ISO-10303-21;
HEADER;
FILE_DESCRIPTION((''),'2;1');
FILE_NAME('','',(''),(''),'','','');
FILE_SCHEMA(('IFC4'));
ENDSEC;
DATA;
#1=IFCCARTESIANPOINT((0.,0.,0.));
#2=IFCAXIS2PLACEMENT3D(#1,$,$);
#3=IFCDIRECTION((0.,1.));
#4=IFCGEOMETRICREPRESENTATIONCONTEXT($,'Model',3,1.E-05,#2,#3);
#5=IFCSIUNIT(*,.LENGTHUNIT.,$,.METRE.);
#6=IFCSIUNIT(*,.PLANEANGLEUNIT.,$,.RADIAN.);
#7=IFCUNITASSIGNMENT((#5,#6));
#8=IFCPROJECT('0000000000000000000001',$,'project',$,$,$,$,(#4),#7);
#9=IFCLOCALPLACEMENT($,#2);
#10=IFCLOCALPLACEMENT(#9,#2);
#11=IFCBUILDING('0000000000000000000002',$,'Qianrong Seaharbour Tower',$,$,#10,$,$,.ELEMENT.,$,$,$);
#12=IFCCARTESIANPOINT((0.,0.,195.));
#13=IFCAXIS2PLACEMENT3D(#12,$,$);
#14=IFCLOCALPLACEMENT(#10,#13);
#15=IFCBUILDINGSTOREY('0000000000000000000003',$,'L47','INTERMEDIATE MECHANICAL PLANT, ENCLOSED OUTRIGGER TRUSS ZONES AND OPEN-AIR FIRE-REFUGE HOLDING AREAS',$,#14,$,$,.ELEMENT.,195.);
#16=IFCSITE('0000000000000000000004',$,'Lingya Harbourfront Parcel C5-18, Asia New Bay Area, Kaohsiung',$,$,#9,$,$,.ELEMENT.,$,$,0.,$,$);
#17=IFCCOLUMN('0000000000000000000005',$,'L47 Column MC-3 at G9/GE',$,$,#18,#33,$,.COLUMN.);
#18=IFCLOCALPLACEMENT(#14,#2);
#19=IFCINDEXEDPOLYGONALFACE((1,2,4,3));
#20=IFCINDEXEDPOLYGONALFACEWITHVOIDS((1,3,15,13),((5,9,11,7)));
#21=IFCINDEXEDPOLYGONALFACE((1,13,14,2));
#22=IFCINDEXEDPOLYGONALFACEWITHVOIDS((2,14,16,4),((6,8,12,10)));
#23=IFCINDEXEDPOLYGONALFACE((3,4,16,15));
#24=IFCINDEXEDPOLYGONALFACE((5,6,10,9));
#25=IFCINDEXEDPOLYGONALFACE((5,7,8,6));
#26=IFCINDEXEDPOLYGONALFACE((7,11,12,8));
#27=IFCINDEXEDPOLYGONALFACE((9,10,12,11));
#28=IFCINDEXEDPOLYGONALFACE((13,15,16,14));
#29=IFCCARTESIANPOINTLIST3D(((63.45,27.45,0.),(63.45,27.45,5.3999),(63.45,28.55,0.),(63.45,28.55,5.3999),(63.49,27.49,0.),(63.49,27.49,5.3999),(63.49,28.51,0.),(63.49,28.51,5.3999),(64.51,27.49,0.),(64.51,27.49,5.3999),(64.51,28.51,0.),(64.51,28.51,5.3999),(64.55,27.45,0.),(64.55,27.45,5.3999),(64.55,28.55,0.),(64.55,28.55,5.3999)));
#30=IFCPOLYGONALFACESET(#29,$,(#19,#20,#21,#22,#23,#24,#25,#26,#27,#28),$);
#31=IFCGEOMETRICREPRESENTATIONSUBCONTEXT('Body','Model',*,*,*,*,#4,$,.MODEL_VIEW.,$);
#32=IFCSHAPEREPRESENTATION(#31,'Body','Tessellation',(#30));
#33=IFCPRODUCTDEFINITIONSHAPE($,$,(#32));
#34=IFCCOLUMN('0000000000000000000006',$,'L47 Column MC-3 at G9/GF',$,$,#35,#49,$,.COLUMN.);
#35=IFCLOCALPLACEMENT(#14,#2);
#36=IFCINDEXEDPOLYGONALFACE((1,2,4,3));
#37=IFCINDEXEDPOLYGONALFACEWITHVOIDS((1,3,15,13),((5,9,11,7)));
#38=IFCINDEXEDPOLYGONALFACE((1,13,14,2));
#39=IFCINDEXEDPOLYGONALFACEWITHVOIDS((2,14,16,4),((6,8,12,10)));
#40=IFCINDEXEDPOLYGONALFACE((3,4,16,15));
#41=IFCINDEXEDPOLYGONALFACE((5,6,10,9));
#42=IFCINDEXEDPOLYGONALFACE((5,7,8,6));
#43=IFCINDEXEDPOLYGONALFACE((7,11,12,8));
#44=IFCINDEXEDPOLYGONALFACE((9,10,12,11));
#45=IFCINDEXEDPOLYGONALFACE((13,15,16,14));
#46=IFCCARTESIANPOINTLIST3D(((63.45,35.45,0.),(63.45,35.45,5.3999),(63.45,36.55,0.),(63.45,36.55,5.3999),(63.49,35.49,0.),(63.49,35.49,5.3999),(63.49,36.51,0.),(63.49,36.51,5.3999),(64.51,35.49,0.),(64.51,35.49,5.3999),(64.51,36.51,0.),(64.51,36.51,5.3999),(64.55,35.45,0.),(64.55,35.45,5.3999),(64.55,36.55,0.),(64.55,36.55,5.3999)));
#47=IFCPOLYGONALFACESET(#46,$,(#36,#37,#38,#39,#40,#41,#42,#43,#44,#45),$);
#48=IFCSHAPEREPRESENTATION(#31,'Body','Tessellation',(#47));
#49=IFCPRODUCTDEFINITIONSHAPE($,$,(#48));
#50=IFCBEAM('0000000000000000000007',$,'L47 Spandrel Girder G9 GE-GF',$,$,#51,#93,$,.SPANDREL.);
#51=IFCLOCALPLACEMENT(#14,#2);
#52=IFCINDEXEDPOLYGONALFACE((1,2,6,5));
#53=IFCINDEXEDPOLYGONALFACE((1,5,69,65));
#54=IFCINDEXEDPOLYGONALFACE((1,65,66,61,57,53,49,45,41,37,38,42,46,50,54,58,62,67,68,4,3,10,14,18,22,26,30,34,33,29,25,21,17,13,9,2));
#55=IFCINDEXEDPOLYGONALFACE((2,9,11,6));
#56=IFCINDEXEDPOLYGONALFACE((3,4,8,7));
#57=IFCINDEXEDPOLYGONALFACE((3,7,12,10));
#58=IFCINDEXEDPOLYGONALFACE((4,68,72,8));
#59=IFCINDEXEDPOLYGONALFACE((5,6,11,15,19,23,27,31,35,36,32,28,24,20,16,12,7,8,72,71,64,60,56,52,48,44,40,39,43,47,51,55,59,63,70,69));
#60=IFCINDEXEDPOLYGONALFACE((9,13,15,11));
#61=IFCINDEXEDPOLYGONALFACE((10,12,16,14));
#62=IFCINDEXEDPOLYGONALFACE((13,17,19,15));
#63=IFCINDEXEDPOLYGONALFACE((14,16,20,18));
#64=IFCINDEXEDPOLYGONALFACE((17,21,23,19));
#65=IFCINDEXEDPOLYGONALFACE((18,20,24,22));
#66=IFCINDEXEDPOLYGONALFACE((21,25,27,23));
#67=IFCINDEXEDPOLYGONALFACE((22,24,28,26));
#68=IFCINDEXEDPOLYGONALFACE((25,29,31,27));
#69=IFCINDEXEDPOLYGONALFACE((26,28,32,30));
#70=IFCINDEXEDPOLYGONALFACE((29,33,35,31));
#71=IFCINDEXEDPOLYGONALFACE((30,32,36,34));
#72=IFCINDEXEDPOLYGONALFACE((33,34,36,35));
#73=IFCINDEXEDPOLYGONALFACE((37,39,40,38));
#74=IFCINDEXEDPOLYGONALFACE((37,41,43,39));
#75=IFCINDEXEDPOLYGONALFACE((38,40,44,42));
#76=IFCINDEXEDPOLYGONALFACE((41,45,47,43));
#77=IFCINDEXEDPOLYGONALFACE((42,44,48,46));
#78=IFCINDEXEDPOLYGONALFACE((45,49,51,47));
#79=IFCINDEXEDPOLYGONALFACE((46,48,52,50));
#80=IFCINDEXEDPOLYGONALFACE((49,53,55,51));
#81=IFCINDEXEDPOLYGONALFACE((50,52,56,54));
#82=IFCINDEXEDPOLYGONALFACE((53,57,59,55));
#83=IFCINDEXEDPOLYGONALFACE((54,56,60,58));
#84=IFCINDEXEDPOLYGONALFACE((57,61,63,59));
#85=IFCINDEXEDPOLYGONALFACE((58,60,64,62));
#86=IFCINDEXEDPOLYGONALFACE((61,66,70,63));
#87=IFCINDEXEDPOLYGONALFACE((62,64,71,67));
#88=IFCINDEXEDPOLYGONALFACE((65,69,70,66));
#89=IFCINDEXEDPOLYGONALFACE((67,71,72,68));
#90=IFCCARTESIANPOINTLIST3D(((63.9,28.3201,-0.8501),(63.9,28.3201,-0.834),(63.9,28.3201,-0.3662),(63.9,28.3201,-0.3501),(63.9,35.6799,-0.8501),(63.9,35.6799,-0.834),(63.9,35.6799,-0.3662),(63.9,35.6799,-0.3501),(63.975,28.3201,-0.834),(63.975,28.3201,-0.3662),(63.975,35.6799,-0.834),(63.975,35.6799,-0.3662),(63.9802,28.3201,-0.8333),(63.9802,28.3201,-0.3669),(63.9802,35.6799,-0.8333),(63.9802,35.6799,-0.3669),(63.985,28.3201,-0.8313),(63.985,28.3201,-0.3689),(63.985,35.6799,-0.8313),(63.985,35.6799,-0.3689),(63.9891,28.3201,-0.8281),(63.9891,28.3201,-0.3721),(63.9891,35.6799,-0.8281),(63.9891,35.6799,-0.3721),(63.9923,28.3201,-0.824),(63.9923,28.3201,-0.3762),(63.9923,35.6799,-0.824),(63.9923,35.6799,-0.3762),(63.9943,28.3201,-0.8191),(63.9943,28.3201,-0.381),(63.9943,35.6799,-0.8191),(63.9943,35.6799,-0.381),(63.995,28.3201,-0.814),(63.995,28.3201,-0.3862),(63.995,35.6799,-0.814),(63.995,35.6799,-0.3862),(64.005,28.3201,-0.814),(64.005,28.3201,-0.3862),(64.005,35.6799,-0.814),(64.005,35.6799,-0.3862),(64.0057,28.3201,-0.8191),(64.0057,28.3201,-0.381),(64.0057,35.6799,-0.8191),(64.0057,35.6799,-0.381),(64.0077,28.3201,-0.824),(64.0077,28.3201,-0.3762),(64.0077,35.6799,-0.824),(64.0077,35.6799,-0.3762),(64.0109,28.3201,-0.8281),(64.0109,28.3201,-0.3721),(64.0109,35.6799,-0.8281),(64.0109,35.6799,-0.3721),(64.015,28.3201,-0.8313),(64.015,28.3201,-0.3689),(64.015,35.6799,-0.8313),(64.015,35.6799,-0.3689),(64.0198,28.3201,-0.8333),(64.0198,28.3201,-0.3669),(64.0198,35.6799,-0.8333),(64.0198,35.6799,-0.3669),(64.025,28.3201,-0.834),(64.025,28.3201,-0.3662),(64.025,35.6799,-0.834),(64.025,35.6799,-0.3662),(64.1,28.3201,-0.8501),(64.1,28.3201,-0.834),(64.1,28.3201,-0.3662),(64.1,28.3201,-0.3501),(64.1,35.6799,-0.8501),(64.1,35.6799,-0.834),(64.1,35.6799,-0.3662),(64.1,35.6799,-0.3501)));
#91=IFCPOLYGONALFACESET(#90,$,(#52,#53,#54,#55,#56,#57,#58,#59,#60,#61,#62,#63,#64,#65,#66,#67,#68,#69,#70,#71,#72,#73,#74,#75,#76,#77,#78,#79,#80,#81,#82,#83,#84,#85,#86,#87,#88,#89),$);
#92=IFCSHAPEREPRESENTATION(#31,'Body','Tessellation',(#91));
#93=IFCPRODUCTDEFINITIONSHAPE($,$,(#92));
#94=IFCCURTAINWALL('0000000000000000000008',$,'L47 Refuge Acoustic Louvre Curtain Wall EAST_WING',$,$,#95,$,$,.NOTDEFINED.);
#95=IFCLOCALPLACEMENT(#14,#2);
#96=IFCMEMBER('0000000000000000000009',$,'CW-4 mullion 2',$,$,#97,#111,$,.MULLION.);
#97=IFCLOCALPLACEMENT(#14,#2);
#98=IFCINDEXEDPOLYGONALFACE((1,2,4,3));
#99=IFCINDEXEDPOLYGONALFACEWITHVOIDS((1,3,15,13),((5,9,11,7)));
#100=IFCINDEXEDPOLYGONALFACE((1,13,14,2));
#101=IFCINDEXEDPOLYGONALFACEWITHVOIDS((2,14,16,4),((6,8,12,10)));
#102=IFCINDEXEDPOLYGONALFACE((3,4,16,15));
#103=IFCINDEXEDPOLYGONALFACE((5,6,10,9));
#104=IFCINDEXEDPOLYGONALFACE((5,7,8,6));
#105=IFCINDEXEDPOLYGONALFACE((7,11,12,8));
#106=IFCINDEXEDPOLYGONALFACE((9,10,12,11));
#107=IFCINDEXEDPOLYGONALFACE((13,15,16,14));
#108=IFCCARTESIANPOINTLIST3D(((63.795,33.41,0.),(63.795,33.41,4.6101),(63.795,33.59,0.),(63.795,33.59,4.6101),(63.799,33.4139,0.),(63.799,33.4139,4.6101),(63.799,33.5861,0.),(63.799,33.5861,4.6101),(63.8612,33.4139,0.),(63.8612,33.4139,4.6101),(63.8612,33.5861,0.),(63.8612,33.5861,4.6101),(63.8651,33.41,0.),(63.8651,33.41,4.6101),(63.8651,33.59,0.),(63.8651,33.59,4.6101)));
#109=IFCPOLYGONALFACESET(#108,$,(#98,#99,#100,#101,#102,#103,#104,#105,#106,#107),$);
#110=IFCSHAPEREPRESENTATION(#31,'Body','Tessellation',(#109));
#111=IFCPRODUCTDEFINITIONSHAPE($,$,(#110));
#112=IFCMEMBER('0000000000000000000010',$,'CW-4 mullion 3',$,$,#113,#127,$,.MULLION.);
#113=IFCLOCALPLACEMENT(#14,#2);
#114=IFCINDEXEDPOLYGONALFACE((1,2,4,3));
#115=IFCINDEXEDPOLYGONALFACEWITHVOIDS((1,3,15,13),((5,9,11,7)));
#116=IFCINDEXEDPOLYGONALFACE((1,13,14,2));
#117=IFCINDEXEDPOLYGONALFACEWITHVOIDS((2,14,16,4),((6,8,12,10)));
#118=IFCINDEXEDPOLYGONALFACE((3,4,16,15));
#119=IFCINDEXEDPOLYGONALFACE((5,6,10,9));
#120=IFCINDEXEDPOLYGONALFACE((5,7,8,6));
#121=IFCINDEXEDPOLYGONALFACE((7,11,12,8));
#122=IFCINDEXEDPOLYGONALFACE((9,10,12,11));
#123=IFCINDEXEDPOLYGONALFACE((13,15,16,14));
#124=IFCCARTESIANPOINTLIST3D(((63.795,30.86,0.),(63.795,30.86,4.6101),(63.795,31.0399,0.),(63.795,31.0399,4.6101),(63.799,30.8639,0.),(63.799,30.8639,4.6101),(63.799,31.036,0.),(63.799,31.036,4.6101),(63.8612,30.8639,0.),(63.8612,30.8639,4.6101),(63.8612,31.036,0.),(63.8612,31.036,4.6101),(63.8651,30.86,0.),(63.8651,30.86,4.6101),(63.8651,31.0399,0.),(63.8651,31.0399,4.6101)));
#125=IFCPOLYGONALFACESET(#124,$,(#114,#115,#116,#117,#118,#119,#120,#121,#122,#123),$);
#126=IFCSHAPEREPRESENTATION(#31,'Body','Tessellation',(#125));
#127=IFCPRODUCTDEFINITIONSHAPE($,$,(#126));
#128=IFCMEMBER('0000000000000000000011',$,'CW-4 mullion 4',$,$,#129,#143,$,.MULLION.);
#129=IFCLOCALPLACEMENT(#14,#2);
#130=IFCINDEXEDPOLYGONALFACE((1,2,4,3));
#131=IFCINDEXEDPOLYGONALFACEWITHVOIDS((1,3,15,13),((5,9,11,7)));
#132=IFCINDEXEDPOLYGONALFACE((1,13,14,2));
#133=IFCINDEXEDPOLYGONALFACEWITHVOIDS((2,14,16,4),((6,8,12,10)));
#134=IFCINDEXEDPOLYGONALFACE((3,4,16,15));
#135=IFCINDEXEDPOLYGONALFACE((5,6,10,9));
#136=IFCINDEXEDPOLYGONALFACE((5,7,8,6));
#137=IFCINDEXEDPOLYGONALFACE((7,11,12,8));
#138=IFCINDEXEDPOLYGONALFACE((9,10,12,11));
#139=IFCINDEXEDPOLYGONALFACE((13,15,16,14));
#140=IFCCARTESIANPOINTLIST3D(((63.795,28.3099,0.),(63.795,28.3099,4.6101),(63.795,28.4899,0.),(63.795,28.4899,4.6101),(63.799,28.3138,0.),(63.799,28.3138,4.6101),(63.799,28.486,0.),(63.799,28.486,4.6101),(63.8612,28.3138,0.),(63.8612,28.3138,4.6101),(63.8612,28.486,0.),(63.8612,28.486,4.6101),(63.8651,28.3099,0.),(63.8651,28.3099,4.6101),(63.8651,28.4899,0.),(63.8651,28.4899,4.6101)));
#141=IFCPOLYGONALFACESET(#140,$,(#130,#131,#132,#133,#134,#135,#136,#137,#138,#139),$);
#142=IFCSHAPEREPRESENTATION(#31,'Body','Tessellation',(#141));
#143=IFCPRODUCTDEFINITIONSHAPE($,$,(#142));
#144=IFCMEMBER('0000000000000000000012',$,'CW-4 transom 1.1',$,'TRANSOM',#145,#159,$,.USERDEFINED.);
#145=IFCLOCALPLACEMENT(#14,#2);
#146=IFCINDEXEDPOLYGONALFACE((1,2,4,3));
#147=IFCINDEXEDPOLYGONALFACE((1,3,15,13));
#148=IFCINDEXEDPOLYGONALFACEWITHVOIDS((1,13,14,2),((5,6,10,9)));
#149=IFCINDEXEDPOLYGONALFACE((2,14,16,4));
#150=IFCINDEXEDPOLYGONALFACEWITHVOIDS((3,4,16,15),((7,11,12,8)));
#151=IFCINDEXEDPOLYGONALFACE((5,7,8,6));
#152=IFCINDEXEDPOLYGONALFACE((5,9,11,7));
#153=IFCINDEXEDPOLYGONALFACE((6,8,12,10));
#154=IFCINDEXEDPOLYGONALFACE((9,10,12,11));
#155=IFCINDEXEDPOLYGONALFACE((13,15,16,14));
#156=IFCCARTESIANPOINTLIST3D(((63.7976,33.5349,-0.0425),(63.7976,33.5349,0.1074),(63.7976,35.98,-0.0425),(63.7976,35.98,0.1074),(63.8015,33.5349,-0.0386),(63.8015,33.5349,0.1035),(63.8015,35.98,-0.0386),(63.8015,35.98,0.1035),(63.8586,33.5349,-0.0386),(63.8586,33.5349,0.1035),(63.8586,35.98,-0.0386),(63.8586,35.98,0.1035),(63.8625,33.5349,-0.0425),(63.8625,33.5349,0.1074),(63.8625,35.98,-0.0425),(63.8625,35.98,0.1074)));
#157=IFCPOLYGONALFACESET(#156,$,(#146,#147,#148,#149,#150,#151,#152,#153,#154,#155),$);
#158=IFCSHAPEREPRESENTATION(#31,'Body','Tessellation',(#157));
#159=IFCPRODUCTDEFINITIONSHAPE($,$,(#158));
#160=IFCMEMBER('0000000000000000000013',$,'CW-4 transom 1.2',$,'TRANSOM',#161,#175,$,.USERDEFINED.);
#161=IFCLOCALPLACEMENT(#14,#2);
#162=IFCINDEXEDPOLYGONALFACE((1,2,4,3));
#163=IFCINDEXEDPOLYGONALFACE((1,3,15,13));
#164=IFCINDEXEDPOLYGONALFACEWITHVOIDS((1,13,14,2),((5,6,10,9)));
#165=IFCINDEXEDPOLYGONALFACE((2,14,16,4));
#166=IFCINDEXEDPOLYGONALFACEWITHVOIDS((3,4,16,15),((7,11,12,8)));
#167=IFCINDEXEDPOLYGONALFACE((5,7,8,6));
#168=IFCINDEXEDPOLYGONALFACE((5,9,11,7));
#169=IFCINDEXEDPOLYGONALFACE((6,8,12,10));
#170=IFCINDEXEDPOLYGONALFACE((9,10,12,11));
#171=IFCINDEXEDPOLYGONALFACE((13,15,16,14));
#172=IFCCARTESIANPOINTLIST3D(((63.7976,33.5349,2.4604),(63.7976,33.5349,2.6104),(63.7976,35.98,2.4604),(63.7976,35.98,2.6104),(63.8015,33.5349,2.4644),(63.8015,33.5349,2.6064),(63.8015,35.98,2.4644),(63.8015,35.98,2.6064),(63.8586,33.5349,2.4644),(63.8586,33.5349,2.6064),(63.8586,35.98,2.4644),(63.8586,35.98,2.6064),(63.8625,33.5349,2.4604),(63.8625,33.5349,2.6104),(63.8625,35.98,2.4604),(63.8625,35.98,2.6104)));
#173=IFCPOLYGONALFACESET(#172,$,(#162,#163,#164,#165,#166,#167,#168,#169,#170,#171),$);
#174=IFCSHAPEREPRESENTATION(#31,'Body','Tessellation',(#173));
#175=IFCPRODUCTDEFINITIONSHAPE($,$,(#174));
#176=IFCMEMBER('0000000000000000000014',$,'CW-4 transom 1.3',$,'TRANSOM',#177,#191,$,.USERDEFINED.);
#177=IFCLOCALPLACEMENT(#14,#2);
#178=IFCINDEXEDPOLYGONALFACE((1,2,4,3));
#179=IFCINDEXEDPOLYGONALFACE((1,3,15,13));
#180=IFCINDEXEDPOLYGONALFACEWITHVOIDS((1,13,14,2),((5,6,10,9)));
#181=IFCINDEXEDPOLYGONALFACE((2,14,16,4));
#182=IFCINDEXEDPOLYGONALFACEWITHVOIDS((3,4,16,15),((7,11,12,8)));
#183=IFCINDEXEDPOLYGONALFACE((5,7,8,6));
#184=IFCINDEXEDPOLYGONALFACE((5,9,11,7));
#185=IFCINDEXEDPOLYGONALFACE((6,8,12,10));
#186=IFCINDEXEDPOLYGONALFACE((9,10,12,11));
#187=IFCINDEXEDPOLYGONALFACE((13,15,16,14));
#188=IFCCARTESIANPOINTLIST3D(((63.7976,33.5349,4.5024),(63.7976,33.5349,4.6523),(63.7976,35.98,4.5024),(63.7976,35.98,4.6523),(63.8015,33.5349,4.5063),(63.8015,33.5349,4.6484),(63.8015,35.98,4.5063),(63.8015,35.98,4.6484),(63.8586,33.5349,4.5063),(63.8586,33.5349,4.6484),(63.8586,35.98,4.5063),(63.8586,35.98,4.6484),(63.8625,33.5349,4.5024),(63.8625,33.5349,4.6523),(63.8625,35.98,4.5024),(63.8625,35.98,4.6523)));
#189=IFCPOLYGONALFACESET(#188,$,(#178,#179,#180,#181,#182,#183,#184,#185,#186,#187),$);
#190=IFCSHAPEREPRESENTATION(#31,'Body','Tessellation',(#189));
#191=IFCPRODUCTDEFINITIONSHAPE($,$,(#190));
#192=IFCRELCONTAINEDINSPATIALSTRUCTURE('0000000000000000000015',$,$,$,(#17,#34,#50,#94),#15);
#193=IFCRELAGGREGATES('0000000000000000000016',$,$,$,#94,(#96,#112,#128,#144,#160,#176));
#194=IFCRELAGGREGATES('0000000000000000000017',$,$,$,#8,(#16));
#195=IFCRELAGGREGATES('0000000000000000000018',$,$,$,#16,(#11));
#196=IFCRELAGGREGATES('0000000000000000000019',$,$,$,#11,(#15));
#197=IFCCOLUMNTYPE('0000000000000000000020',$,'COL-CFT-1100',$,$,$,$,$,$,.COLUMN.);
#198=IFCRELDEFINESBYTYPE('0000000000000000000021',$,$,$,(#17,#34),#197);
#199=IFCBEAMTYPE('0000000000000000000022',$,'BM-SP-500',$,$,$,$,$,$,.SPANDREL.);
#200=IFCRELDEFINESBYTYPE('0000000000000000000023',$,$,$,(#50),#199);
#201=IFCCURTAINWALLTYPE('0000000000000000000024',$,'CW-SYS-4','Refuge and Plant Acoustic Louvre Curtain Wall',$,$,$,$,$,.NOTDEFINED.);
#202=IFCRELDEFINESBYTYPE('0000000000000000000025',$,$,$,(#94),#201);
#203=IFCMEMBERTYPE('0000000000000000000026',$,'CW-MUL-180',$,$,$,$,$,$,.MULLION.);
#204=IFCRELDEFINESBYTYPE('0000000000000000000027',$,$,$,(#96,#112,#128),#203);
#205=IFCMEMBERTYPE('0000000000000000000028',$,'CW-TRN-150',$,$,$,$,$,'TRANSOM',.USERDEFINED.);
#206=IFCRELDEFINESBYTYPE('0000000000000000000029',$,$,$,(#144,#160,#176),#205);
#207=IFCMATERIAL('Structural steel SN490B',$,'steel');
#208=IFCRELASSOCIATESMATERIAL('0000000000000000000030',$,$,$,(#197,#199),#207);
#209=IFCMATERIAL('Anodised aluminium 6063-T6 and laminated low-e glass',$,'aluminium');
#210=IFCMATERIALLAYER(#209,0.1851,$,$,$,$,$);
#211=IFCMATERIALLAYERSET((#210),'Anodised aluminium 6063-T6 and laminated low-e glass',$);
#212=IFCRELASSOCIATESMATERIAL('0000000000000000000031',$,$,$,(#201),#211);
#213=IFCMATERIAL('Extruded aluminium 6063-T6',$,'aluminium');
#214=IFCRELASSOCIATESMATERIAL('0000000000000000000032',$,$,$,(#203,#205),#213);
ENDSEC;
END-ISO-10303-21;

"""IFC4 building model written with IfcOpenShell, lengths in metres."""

from ifc_helpers import new_model, si_unit, direction, frame, origin, origin_2d, place, context, subcontext, project, spatial, hollow_rectangle, i_section, extrude, material, layer, layer_set, material_profile, profile_set, type_object, element, aggregate, save


model = new_model("IFC4")

# Units and contexts
model_context = context("Model", 3, precision=1e-05, world=origin(), true_north=direction((0.0, 1.0)))
body_context = subcontext(model_context, "Body", "Model", "MODEL_VIEW")
ifc_project = project(units=[si_unit("LENGTHUNIT", "METRE"), si_unit("PLANEANGLEUNIT", "RADIAN")], contexts=[model_context])

# Site, building, storey
site_placement = place(None, origin())
site = spatial("IfcSite", under=ifc_project, at=site_placement, Name="Lingya Harbourfront Parcel C5-18, Asia New Bay Area, Kaohsiung", CompositionType="ELEMENT", RefElevation=0.0)
building_placement = place(site_placement, origin())
building = spatial("IfcBuilding", under=site, at=building_placement, Name="Qianrong Seaharbour Tower", CompositionType="ELEMENT")
storey_placement = place(building_placement, frame((0.0, 0.0, 195.0)))
storey = spatial("IfcBuildingStorey", under=building, at=storey_placement, Name="L47", Description="INTERMEDIATE MECHANICAL PLANT, ENCLOSED OUTRIGGER TRUSS ZONES AND OPEN-AIR FIRE-REFUGE HOLDING AREAS", CompositionType="ELEMENT", Elevation=195.0)

# Columns
ifc_material_1 = material(Name="Structural steel SN490B", Category="steel")
ifc_material_profile_1 = material_profile(ifc_material_1, hollow_rectangle(XDim=1.1001, YDim=1.1001, WallThickness=0.04, at=origin_2d()), Name="BOX1100x1100x40")
ifc_profile_set_1 = profile_set([ifc_material_profile_1], Name="Structural steel SN490B")
column_type = type_object("IfcColumnType", Name="COL-CFT-1100", PredefinedType="COLUMN", material=ifc_profile_set_1)
for number, where, z_axis, x_axis, name in (
    (1, (64.0, 28.0, 0.0), (0.0, 0.0, 1.0), (1.0, 0.0, 0.0), "L47 Column MC-3 at G9/GE"),
    (2, (64.0, 36.0, 0.0), (0.0, 0.0, 1.0), (1.0, 0.0, 0.0), "L47 Column MC-3 at G9/GF"),
):
    element("IfcColumn", number, at=place(storey_placement, frame(where, z_axis=z_axis, x_axis=x_axis)), inside=storey, type_object=column_type, Name=name, PredefinedType="COLUMN", context=body_context, shape_type="SweptSolid", body=[
        extrude(hollow_rectangle(XDim=1.1001, YDim=1.1001, WallThickness=0.04, at=origin_2d()), origin(), (0.0, 0.0, 1.0), 5.3999),
    ])

# Beam
ifc_material_profile_2 = material_profile(ifc_material_1, i_section(OverallWidth=0.2, OverallDepth=0.5, WebThickness=0.01, FlangeThickness=0.0161, FilletRadius=0.02, at=origin_2d()), Name="H500x200x10x16")
ifc_profile_set_2 = profile_set([ifc_material_profile_2], Name="Structural steel SN490B")
beam_type = type_object("IfcBeamType", Name="BM-SP-500", PredefinedType="SPANDREL", material=ifc_profile_set_2)
beam_placement = place(storey_placement, frame((64.0, 28.3201, -0.6001), z_axis=(0.0, 1.0, 0.0), x_axis=(-1.0, 0.0, 0.0)))
element("IfcBeam", 3, at=beam_placement, inside=storey, type_object=beam_type, Name="L47 Spandrel Girder G9 GE-GF", PredefinedType="SPANDREL", context=body_context, shape_type="SweptSolid", body=[
    extrude(i_section(OverallWidth=0.2, OverallDepth=0.5, WebThickness=0.01, FlangeThickness=0.0161, FilletRadius=0.02, at=origin_2d()), origin(), (0.0, 0.0, 1.0), 7.3599),
])

# Curtain wall, members
ifc_material_2 = material(Name="Anodised aluminium 6063-T6 and laminated low-e glass", Category="aluminium")
ifc_layer_1 = layer(ifc_material_2, 0.1851)
ifc_layer_set_1 = layer_set([ifc_layer_1], Name="Anodised aluminium 6063-T6 and laminated low-e glass")
curtain_wall_type = type_object("IfcCurtainWallType", Name="CW-SYS-4", Description="Refuge and Plant Acoustic Louvre Curtain Wall", PredefinedType="NOTDEFINED", material=ifc_layer_set_1)
curtain_wall_placement = place(storey_placement, origin())
curtain_wall = element("IfcCurtainWall", 4, at=curtain_wall_placement, inside=storey, type_object=curtain_wall_type, Name="L47 Refuge Acoustic Louvre Curtain Wall EAST_WING", PredefinedType="NOTDEFINED")
ifc_material_3 = material(Name="Extruded aluminium 6063-T6", Category="aluminium")
ifc_material_profile_3 = material_profile(ifc_material_3, hollow_rectangle(XDim=0.0701, YDim=0.1799, WallThickness=0.0039, at=origin_2d()), Name="ALU-MUL-180x70x4")
ifc_profile_set_3 = profile_set([ifc_material_profile_3], Name="Extruded aluminium 6063-T6")
member_type_1 = type_object("IfcMemberType", Name="CW-MUL-180", PredefinedType="MULLION", material=ifc_profile_set_3)
member_1_placement = place(storey_placement, frame((63.8301, 33.5, 0.0), z_axis=(0.0, 0.0, 1.0), x_axis=(1.0, 0.0, 0.0)))
member_1 = element("IfcMember", 5, at=member_1_placement, type_object=member_type_1, Name="CW-4 mullion 2", PredefinedType="MULLION", context=body_context, shape_type="SweptSolid", body=[
    extrude(hollow_rectangle(XDim=0.0701, YDim=0.1799, WallThickness=0.0039, at=origin_2d()), origin(), (0.0, 0.0, 1.0), 4.6101),
])
member_2_placement = place(storey_placement, frame((63.8301, 30.95, 0.0), z_axis=(0.0, 0.0, 1.0), x_axis=(1.0, 0.0, 0.0)))
member_2 = element("IfcMember", 6, at=member_2_placement, type_object=member_type_1, Name="CW-4 mullion 3", PredefinedType="MULLION", context=body_context, shape_type="SweptSolid", body=[
    extrude(hollow_rectangle(XDim=0.0701, YDim=0.1799, WallThickness=0.0039, at=origin_2d()), origin(), (0.0, 0.0, 1.0), 4.6101),
])
member_3_placement = place(storey_placement, frame((63.8301, 28.3999, 0.0), z_axis=(0.0, 0.0, 1.0), x_axis=(1.0, 0.0, 0.0)))
member_3 = element("IfcMember", 7, at=member_3_placement, type_object=member_type_1, Name="CW-4 mullion 4", PredefinedType="MULLION", context=body_context, shape_type="SweptSolid", body=[
    extrude(hollow_rectangle(XDim=0.0701, YDim=0.1799, WallThickness=0.0039, at=origin_2d()), origin(), (0.0, 0.0, 1.0), 4.6101),
])
ifc_material_profile_4 = material_profile(ifc_material_3, hollow_rectangle(XDim=0.0649, YDim=0.1499, WallThickness=0.0039, at=origin_2d()), Name="ALU-TRN-150x65x4")
ifc_profile_set_4 = profile_set([ifc_material_profile_4], Name="Extruded aluminium 6063-T6")
member_type_2 = type_object("IfcMemberType", Name="CW-TRN-150", ElementType="TRANSOM", PredefinedType="USERDEFINED", material=ifc_profile_set_4)
member_4_placement = place(storey_placement, frame((63.8301, 35.98, 0.0325), z_axis=(0.0, -1.0, 0.0), x_axis=(1.0, 0.0, 0.0)))
member_4 = element("IfcMember", 8, at=member_4_placement, type_object=member_type_2, Name="CW-4 transom 1.1", ObjectType="TRANSOM", PredefinedType="USERDEFINED", context=body_context, shape_type="SweptSolid", body=[
    extrude(hollow_rectangle(XDim=0.0649, YDim=0.1499, WallThickness=0.0039, at=origin_2d()), origin(), (0.0, 0.0, 1.0), 2.4451),
])
member_5_placement = place(storey_placement, frame((63.8301, 35.98, 2.5354), z_axis=(0.0, -1.0, 0.0), x_axis=(1.0, 0.0, 0.0)))
member_5 = element("IfcMember", 9, at=member_5_placement, type_object=member_type_2, Name="CW-4 transom 1.2", ObjectType="TRANSOM", PredefinedType="USERDEFINED", context=body_context, shape_type="SweptSolid", body=[
    extrude(hollow_rectangle(XDim=0.0649, YDim=0.1499, WallThickness=0.0039, at=origin_2d()), origin(), (0.0, 0.0, 1.0), 2.4451),
])
member_6_placement = place(storey_placement, frame((63.8301, 35.98, 4.5774), z_axis=(0.0, -1.0, 0.0), x_axis=(1.0, 0.0, 0.0)))
member_6 = element("IfcMember", 10, at=member_6_placement, type_object=member_type_2, Name="CW-4 transom 1.3", ObjectType="TRANSOM", PredefinedType="USERDEFINED", context=body_context, shape_type="SweptSolid", body=[
    extrude(hollow_rectangle(XDim=0.0649, YDim=0.1499, WallThickness=0.0039, at=origin_2d()), origin(), (0.0, 0.0, 1.0), 2.4451),
])
aggregate(curtain_wall, [member_1, member_2, member_3, member_4, member_5, member_6])

save(model, "model.ifc")
